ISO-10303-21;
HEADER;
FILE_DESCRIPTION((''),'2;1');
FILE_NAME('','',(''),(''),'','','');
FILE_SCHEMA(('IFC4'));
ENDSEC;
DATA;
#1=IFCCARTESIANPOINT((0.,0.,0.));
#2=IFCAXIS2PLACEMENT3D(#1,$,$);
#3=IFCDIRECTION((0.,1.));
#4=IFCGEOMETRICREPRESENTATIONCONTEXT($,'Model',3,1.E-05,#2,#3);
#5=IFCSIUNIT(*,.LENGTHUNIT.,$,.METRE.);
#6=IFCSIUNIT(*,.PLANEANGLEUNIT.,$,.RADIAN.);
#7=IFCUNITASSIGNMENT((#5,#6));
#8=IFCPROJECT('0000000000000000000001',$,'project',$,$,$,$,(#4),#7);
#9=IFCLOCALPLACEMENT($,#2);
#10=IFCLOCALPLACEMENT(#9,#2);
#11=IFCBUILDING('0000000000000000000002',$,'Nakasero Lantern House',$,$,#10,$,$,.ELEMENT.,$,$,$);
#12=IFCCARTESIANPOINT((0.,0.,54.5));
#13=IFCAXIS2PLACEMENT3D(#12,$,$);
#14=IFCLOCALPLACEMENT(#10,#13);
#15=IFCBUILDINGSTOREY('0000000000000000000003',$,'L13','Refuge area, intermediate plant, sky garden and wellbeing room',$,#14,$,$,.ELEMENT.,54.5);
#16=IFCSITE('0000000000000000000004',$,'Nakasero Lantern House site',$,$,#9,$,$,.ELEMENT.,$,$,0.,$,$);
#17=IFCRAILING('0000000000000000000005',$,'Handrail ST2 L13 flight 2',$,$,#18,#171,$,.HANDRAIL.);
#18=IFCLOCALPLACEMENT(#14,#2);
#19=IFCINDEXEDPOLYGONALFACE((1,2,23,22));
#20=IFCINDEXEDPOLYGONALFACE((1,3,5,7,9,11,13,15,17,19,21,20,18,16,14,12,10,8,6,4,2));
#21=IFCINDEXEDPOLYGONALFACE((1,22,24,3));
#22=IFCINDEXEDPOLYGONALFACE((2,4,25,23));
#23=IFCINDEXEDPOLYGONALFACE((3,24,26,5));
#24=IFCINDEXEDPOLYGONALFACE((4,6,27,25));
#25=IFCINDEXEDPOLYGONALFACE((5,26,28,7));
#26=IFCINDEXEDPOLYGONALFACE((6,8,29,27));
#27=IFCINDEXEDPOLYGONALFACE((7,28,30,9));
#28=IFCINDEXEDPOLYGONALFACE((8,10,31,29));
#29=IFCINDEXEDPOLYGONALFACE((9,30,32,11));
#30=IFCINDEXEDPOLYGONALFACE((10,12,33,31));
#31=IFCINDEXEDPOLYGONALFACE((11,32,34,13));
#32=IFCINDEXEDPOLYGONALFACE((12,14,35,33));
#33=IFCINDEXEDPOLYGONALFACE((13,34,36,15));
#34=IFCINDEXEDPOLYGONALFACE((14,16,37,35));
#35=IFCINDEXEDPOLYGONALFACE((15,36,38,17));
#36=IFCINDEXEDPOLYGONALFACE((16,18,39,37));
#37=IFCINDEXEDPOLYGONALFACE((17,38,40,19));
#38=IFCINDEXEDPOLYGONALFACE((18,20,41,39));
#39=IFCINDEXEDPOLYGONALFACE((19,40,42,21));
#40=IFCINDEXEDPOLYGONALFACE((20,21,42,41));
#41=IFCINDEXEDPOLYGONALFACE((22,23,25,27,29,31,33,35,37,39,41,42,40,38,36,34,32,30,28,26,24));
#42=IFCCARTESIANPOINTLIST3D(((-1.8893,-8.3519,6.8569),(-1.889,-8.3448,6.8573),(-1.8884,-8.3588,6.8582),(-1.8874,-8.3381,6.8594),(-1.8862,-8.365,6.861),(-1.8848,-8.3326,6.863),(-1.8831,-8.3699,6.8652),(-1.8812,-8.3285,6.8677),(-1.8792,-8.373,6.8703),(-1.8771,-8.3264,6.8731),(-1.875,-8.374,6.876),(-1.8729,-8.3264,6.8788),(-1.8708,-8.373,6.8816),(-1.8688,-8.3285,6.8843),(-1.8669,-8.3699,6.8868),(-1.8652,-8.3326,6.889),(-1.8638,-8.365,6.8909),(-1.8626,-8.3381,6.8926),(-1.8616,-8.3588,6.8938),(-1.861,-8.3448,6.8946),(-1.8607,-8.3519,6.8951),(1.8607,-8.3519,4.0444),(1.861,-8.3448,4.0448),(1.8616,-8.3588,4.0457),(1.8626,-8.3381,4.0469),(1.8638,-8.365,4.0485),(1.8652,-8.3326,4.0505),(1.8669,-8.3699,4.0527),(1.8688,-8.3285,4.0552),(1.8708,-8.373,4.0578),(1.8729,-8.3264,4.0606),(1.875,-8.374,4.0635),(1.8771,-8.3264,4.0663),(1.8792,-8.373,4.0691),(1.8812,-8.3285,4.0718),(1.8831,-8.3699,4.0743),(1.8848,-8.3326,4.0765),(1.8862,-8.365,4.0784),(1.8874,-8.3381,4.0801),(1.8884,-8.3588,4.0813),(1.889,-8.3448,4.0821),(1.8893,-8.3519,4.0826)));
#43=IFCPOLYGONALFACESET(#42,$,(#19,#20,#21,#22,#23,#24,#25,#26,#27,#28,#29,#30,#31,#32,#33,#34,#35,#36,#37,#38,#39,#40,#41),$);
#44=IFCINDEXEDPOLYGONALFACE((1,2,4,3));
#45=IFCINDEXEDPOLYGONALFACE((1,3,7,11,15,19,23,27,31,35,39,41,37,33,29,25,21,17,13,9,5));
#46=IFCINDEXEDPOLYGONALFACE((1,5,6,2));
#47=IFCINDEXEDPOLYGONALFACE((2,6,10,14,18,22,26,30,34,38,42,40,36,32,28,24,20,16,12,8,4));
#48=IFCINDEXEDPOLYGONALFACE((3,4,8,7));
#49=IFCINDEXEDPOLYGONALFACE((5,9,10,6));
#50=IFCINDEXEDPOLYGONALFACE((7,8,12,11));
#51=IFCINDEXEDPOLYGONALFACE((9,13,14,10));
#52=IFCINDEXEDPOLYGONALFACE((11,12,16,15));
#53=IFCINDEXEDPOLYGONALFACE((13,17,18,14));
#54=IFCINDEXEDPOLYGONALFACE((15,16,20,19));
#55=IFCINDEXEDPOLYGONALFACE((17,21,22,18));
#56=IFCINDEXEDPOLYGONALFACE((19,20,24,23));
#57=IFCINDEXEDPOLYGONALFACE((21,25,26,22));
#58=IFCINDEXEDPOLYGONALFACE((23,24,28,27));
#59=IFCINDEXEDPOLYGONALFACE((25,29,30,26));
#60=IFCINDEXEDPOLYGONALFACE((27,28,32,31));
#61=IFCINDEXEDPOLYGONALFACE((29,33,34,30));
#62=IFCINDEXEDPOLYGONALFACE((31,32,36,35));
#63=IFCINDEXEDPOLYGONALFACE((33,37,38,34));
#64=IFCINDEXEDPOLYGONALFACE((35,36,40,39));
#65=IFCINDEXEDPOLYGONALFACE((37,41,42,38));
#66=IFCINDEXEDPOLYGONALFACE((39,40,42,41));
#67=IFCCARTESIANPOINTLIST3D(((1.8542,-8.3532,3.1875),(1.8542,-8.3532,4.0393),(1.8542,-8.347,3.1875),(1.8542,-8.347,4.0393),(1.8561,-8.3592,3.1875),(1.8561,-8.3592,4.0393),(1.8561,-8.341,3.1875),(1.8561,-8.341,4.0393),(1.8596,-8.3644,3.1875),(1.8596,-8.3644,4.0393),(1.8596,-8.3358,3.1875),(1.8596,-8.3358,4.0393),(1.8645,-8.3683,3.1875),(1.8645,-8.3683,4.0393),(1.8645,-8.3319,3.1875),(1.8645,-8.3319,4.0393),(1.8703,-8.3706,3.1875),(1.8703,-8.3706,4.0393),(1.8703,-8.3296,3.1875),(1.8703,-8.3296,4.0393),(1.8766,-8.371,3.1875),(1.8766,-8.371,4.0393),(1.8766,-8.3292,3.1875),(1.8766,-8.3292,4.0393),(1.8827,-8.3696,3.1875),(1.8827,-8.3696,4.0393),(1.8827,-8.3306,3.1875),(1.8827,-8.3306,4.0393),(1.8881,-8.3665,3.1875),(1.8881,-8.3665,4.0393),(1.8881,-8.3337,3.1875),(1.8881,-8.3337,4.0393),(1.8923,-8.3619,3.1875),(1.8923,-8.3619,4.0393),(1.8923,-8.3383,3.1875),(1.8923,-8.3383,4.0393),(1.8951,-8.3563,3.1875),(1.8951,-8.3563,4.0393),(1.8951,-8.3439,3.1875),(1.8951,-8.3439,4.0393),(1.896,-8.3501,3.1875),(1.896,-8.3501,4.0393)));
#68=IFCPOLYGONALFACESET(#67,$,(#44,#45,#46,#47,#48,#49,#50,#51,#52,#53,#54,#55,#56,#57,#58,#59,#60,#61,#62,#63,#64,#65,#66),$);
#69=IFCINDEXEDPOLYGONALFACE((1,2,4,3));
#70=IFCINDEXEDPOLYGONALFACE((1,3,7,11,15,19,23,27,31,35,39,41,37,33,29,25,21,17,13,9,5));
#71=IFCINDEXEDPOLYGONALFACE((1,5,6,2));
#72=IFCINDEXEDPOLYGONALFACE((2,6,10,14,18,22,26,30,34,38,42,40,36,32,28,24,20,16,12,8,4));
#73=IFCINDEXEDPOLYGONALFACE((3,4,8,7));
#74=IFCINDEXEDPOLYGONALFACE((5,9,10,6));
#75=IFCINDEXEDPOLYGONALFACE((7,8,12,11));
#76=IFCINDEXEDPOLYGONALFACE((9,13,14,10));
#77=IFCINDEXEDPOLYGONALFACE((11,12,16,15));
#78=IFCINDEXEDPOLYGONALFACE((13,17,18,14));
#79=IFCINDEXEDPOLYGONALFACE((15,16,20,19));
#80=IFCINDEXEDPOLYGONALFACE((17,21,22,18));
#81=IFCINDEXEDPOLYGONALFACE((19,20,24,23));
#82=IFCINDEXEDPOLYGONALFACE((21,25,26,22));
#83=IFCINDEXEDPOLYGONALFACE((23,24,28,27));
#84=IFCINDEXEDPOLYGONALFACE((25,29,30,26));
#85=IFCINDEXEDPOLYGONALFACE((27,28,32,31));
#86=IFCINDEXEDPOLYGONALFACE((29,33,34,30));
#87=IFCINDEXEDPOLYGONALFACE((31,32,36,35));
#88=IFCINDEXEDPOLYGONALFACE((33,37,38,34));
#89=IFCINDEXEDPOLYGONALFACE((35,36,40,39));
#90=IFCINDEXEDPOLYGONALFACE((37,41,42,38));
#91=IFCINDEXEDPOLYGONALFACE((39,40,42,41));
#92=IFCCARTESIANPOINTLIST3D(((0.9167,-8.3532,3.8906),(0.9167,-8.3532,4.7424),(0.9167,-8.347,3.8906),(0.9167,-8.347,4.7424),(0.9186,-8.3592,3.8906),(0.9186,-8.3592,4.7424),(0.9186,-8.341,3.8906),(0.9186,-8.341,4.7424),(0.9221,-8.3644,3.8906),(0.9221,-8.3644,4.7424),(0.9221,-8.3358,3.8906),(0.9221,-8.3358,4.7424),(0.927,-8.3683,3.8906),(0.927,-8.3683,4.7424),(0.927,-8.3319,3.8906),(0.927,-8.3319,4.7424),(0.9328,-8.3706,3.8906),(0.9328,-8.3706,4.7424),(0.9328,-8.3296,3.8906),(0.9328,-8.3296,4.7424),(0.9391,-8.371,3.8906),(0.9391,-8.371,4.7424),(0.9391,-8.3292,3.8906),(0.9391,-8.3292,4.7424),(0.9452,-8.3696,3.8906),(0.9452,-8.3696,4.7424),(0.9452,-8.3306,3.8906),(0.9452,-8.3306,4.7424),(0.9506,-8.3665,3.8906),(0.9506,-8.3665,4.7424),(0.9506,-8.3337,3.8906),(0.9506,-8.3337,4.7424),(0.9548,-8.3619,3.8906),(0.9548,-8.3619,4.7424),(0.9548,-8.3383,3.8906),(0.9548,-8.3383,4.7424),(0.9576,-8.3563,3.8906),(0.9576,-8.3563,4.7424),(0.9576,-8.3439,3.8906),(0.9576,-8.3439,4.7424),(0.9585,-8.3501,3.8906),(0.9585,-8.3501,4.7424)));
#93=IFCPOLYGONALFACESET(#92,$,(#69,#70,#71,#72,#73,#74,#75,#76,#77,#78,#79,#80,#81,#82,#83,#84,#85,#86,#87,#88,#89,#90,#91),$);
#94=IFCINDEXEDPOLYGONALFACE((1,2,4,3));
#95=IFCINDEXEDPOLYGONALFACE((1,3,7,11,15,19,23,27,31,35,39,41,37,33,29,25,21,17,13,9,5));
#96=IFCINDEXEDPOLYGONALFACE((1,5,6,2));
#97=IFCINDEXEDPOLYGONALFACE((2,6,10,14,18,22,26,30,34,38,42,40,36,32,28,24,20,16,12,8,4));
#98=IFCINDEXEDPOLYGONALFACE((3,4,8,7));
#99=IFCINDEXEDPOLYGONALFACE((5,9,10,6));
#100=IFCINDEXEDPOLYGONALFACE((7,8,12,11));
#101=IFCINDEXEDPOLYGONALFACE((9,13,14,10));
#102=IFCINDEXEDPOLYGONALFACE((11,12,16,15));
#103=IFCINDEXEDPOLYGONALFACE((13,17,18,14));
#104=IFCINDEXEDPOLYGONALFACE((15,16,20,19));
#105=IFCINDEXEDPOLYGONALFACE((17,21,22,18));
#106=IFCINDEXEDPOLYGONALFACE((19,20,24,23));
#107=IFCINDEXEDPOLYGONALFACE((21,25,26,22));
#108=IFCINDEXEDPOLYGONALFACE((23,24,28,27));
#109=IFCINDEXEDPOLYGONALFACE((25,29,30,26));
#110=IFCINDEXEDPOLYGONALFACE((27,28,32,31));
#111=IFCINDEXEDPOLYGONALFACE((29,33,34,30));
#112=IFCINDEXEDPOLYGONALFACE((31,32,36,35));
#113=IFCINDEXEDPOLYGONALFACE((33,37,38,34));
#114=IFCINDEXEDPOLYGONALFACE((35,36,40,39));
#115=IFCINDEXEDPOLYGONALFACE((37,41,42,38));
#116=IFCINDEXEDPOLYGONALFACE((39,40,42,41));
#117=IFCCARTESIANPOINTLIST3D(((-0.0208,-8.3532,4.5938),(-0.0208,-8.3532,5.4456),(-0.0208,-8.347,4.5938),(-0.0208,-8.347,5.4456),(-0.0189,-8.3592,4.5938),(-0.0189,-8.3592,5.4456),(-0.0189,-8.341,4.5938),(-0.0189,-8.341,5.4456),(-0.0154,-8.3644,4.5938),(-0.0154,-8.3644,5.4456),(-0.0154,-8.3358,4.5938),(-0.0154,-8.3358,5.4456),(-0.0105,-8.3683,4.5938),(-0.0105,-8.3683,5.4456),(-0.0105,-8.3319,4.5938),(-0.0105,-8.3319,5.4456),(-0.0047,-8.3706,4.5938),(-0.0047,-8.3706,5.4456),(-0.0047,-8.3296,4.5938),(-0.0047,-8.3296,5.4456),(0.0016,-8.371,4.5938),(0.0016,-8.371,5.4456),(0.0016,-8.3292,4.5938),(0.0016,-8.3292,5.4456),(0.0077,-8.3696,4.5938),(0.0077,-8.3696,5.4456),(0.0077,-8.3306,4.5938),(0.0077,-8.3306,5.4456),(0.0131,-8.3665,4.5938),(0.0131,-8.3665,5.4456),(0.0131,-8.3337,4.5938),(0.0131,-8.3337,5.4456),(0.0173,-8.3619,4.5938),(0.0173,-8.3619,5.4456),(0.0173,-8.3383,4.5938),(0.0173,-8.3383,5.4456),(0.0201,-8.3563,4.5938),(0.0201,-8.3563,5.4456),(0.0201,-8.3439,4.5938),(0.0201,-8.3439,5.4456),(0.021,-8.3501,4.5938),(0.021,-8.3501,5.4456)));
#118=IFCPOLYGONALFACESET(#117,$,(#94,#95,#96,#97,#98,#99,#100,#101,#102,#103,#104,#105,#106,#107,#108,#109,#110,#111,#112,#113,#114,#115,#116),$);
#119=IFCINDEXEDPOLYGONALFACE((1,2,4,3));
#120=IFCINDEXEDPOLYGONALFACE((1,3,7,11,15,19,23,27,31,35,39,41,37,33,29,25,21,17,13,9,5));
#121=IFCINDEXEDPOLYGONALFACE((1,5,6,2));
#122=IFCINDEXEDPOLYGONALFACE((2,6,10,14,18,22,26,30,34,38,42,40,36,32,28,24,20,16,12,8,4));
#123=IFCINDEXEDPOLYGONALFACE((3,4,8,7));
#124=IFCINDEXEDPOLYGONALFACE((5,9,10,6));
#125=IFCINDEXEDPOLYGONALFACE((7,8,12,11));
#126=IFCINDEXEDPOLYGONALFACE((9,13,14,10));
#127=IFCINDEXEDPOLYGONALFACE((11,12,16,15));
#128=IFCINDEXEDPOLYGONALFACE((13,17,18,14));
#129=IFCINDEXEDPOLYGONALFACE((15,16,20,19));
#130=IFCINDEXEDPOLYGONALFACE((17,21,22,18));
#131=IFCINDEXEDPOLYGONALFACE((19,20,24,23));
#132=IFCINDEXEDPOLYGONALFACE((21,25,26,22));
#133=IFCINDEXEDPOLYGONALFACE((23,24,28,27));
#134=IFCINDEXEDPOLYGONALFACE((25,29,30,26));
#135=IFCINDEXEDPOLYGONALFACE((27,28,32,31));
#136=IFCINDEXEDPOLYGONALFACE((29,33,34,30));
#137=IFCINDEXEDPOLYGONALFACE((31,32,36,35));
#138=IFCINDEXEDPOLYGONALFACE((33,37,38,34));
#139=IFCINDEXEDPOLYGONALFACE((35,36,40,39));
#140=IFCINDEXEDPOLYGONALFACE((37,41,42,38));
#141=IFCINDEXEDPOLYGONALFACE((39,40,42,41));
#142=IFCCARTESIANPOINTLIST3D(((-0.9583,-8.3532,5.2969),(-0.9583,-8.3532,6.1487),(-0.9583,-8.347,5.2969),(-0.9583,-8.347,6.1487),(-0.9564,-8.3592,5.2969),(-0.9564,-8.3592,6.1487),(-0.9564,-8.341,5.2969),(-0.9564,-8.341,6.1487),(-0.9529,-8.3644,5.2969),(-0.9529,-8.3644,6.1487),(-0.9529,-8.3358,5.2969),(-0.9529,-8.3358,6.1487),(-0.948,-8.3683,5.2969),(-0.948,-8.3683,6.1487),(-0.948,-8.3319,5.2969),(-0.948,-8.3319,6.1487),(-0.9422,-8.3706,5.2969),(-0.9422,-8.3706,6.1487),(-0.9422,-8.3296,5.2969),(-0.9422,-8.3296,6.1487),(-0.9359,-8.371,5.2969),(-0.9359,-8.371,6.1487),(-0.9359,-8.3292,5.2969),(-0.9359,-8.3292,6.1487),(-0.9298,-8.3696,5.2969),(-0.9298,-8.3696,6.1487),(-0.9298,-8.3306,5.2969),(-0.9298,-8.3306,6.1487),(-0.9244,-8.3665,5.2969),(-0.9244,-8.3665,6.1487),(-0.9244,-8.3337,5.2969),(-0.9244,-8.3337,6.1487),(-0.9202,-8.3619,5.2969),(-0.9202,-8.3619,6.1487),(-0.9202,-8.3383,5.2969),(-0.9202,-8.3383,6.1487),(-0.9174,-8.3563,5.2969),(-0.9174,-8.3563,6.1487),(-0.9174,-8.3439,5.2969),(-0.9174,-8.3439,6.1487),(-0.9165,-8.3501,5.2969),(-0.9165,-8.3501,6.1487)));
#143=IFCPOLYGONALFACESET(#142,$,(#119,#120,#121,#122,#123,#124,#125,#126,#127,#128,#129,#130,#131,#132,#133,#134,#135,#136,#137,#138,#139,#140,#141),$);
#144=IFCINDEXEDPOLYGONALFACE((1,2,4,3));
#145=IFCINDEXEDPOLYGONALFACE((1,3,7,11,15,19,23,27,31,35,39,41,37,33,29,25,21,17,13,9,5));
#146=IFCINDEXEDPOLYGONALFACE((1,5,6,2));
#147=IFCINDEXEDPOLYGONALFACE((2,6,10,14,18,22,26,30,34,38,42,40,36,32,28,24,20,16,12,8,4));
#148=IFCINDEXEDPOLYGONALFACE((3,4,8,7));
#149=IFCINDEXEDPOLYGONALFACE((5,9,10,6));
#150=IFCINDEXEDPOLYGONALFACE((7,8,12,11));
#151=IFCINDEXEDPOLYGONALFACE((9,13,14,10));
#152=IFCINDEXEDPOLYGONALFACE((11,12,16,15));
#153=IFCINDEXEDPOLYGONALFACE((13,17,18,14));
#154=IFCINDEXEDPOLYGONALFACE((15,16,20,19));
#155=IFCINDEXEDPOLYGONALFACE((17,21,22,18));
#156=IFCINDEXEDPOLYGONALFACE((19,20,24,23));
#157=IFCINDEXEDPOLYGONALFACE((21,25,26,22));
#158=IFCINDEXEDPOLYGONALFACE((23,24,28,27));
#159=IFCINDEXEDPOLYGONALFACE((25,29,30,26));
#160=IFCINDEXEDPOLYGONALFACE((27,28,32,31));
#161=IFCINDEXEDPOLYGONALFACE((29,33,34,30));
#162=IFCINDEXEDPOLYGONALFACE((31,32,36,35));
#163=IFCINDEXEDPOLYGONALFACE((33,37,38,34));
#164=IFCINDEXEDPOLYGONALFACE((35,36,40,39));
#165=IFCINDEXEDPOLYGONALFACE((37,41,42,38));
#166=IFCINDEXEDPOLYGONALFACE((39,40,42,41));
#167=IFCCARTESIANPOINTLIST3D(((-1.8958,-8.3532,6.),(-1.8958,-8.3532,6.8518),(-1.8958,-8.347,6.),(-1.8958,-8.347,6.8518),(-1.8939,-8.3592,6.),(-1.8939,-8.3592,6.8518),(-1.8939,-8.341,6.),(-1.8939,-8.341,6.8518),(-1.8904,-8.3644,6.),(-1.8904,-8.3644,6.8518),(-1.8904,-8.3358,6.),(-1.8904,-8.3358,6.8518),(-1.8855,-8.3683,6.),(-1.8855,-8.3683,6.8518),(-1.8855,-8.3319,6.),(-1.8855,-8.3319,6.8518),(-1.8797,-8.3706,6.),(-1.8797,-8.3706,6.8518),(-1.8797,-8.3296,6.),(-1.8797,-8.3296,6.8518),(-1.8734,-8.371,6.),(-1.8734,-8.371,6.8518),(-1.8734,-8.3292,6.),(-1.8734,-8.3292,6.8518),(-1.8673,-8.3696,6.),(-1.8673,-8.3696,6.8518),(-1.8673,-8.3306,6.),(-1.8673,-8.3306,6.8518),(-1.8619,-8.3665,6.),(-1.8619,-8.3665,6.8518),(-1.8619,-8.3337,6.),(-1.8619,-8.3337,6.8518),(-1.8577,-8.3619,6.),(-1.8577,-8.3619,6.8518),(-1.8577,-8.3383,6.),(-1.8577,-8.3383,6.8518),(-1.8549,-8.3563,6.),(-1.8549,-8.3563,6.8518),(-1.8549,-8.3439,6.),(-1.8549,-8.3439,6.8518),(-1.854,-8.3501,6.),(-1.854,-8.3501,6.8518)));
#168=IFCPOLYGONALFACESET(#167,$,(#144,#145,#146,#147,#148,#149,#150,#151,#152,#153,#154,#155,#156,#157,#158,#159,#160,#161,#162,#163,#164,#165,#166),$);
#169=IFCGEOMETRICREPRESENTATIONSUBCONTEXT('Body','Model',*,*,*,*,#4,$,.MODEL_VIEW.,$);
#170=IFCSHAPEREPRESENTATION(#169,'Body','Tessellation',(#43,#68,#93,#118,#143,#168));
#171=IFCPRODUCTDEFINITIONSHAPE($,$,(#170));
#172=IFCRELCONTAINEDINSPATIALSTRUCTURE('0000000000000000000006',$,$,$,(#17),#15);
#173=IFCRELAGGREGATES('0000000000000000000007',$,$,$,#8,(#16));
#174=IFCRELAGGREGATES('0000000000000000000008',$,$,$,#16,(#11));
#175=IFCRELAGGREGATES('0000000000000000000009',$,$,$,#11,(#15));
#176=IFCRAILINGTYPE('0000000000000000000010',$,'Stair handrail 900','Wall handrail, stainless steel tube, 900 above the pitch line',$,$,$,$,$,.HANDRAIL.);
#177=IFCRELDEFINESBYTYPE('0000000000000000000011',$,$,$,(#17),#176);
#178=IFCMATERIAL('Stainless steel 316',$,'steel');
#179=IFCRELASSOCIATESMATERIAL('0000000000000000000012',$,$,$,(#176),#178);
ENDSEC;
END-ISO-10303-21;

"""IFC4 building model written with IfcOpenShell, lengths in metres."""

from ifc_helpers import new_model, si_unit, direction, frame, origin, origin_2d, place, context, subcontext, project, spatial, circle, extrude, material, type_object, element, save


model = new_model("IFC4")

# Units and contexts
model_context = context("Model", 3, precision=1e-05, world=origin(), true_north=direction((0.0, 1.0)))
body_context = subcontext(model_context, "Body", "Model", "MODEL_VIEW")
ifc_project = project(units=[si_unit("LENGTHUNIT", "METRE"), si_unit("PLANEANGLEUNIT", "RADIAN")], contexts=[model_context])

# Site, building, storey
site_placement = place(None, origin())
site = spatial("IfcSite", under=ifc_project, at=site_placement, Name="Nakasero Lantern House site", CompositionType="ELEMENT", RefElevation=0.0)
building_placement = place(site_placement, origin())
building = spatial("IfcBuilding", under=site, at=building_placement, Name="Nakasero Lantern House", CompositionType="ELEMENT")
storey_placement = place(building_placement, frame((0.0, 0.0, 54.5)))
storey = spatial("IfcBuildingStorey", under=building, at=storey_placement, Name="L13", Description="Refuge area, intermediate plant, sky garden and wellbeing room", CompositionType="ELEMENT", Elevation=54.5)

# Railing
ifc_material_1 = material(Name="Stainless steel 316", Category="steel")
railing_type = type_object("IfcRailingType", Name="Stair handrail 900", Description="Wall handrail, stainless steel tube, 900 above the pitch line", PredefinedType="HANDRAIL", material=ifc_material_1)
railing_placement = place(storey_placement, frame((1.875, -8.3501, 3.1875)))
element("IfcRailing", 1, at=railing_placement, inside=storey, type_object=railing_type, Name="Handrail ST2 L13 flight 2", PredefinedType="HANDRAIL", context=body_context, shape_type="SweptSolid", body=[
    extrude(circle(Radius=0.0239, at=origin_2d()), frame((0.0, 0.0, 0.876), z_axis=(-0.8, 0.0, 0.6), x_axis=(0.0, -1.0, 0.0)), (0.0, 0.0, 1.0), 4.6875),
    extrude(circle(Radius=0.021, at=origin_2d()), origin(), (0.0, 0.0, 1.0), 0.8518),
    extrude(circle(Radius=0.021, at=origin_2d()), frame((-0.9375, 0.0, 0.7031)), (0.0, 0.0, 1.0), 0.8518),
    extrude(circle(Radius=0.021, at=origin_2d()), frame((-1.875, 0.0, 1.4062)), (0.0, 0.0, 1.0), 0.8518),
    extrude(circle(Radius=0.021, at=origin_2d()), frame((-2.8125, 0.0, 2.1094)), (0.0, 0.0, 1.0), 0.8518),
    extrude(circle(Radius=0.021, at=origin_2d()), frame((-3.75, 0.0, 2.8125)), (0.0, 0.0, 1.0), 0.8518),
])

save(model, "model.ifc")
